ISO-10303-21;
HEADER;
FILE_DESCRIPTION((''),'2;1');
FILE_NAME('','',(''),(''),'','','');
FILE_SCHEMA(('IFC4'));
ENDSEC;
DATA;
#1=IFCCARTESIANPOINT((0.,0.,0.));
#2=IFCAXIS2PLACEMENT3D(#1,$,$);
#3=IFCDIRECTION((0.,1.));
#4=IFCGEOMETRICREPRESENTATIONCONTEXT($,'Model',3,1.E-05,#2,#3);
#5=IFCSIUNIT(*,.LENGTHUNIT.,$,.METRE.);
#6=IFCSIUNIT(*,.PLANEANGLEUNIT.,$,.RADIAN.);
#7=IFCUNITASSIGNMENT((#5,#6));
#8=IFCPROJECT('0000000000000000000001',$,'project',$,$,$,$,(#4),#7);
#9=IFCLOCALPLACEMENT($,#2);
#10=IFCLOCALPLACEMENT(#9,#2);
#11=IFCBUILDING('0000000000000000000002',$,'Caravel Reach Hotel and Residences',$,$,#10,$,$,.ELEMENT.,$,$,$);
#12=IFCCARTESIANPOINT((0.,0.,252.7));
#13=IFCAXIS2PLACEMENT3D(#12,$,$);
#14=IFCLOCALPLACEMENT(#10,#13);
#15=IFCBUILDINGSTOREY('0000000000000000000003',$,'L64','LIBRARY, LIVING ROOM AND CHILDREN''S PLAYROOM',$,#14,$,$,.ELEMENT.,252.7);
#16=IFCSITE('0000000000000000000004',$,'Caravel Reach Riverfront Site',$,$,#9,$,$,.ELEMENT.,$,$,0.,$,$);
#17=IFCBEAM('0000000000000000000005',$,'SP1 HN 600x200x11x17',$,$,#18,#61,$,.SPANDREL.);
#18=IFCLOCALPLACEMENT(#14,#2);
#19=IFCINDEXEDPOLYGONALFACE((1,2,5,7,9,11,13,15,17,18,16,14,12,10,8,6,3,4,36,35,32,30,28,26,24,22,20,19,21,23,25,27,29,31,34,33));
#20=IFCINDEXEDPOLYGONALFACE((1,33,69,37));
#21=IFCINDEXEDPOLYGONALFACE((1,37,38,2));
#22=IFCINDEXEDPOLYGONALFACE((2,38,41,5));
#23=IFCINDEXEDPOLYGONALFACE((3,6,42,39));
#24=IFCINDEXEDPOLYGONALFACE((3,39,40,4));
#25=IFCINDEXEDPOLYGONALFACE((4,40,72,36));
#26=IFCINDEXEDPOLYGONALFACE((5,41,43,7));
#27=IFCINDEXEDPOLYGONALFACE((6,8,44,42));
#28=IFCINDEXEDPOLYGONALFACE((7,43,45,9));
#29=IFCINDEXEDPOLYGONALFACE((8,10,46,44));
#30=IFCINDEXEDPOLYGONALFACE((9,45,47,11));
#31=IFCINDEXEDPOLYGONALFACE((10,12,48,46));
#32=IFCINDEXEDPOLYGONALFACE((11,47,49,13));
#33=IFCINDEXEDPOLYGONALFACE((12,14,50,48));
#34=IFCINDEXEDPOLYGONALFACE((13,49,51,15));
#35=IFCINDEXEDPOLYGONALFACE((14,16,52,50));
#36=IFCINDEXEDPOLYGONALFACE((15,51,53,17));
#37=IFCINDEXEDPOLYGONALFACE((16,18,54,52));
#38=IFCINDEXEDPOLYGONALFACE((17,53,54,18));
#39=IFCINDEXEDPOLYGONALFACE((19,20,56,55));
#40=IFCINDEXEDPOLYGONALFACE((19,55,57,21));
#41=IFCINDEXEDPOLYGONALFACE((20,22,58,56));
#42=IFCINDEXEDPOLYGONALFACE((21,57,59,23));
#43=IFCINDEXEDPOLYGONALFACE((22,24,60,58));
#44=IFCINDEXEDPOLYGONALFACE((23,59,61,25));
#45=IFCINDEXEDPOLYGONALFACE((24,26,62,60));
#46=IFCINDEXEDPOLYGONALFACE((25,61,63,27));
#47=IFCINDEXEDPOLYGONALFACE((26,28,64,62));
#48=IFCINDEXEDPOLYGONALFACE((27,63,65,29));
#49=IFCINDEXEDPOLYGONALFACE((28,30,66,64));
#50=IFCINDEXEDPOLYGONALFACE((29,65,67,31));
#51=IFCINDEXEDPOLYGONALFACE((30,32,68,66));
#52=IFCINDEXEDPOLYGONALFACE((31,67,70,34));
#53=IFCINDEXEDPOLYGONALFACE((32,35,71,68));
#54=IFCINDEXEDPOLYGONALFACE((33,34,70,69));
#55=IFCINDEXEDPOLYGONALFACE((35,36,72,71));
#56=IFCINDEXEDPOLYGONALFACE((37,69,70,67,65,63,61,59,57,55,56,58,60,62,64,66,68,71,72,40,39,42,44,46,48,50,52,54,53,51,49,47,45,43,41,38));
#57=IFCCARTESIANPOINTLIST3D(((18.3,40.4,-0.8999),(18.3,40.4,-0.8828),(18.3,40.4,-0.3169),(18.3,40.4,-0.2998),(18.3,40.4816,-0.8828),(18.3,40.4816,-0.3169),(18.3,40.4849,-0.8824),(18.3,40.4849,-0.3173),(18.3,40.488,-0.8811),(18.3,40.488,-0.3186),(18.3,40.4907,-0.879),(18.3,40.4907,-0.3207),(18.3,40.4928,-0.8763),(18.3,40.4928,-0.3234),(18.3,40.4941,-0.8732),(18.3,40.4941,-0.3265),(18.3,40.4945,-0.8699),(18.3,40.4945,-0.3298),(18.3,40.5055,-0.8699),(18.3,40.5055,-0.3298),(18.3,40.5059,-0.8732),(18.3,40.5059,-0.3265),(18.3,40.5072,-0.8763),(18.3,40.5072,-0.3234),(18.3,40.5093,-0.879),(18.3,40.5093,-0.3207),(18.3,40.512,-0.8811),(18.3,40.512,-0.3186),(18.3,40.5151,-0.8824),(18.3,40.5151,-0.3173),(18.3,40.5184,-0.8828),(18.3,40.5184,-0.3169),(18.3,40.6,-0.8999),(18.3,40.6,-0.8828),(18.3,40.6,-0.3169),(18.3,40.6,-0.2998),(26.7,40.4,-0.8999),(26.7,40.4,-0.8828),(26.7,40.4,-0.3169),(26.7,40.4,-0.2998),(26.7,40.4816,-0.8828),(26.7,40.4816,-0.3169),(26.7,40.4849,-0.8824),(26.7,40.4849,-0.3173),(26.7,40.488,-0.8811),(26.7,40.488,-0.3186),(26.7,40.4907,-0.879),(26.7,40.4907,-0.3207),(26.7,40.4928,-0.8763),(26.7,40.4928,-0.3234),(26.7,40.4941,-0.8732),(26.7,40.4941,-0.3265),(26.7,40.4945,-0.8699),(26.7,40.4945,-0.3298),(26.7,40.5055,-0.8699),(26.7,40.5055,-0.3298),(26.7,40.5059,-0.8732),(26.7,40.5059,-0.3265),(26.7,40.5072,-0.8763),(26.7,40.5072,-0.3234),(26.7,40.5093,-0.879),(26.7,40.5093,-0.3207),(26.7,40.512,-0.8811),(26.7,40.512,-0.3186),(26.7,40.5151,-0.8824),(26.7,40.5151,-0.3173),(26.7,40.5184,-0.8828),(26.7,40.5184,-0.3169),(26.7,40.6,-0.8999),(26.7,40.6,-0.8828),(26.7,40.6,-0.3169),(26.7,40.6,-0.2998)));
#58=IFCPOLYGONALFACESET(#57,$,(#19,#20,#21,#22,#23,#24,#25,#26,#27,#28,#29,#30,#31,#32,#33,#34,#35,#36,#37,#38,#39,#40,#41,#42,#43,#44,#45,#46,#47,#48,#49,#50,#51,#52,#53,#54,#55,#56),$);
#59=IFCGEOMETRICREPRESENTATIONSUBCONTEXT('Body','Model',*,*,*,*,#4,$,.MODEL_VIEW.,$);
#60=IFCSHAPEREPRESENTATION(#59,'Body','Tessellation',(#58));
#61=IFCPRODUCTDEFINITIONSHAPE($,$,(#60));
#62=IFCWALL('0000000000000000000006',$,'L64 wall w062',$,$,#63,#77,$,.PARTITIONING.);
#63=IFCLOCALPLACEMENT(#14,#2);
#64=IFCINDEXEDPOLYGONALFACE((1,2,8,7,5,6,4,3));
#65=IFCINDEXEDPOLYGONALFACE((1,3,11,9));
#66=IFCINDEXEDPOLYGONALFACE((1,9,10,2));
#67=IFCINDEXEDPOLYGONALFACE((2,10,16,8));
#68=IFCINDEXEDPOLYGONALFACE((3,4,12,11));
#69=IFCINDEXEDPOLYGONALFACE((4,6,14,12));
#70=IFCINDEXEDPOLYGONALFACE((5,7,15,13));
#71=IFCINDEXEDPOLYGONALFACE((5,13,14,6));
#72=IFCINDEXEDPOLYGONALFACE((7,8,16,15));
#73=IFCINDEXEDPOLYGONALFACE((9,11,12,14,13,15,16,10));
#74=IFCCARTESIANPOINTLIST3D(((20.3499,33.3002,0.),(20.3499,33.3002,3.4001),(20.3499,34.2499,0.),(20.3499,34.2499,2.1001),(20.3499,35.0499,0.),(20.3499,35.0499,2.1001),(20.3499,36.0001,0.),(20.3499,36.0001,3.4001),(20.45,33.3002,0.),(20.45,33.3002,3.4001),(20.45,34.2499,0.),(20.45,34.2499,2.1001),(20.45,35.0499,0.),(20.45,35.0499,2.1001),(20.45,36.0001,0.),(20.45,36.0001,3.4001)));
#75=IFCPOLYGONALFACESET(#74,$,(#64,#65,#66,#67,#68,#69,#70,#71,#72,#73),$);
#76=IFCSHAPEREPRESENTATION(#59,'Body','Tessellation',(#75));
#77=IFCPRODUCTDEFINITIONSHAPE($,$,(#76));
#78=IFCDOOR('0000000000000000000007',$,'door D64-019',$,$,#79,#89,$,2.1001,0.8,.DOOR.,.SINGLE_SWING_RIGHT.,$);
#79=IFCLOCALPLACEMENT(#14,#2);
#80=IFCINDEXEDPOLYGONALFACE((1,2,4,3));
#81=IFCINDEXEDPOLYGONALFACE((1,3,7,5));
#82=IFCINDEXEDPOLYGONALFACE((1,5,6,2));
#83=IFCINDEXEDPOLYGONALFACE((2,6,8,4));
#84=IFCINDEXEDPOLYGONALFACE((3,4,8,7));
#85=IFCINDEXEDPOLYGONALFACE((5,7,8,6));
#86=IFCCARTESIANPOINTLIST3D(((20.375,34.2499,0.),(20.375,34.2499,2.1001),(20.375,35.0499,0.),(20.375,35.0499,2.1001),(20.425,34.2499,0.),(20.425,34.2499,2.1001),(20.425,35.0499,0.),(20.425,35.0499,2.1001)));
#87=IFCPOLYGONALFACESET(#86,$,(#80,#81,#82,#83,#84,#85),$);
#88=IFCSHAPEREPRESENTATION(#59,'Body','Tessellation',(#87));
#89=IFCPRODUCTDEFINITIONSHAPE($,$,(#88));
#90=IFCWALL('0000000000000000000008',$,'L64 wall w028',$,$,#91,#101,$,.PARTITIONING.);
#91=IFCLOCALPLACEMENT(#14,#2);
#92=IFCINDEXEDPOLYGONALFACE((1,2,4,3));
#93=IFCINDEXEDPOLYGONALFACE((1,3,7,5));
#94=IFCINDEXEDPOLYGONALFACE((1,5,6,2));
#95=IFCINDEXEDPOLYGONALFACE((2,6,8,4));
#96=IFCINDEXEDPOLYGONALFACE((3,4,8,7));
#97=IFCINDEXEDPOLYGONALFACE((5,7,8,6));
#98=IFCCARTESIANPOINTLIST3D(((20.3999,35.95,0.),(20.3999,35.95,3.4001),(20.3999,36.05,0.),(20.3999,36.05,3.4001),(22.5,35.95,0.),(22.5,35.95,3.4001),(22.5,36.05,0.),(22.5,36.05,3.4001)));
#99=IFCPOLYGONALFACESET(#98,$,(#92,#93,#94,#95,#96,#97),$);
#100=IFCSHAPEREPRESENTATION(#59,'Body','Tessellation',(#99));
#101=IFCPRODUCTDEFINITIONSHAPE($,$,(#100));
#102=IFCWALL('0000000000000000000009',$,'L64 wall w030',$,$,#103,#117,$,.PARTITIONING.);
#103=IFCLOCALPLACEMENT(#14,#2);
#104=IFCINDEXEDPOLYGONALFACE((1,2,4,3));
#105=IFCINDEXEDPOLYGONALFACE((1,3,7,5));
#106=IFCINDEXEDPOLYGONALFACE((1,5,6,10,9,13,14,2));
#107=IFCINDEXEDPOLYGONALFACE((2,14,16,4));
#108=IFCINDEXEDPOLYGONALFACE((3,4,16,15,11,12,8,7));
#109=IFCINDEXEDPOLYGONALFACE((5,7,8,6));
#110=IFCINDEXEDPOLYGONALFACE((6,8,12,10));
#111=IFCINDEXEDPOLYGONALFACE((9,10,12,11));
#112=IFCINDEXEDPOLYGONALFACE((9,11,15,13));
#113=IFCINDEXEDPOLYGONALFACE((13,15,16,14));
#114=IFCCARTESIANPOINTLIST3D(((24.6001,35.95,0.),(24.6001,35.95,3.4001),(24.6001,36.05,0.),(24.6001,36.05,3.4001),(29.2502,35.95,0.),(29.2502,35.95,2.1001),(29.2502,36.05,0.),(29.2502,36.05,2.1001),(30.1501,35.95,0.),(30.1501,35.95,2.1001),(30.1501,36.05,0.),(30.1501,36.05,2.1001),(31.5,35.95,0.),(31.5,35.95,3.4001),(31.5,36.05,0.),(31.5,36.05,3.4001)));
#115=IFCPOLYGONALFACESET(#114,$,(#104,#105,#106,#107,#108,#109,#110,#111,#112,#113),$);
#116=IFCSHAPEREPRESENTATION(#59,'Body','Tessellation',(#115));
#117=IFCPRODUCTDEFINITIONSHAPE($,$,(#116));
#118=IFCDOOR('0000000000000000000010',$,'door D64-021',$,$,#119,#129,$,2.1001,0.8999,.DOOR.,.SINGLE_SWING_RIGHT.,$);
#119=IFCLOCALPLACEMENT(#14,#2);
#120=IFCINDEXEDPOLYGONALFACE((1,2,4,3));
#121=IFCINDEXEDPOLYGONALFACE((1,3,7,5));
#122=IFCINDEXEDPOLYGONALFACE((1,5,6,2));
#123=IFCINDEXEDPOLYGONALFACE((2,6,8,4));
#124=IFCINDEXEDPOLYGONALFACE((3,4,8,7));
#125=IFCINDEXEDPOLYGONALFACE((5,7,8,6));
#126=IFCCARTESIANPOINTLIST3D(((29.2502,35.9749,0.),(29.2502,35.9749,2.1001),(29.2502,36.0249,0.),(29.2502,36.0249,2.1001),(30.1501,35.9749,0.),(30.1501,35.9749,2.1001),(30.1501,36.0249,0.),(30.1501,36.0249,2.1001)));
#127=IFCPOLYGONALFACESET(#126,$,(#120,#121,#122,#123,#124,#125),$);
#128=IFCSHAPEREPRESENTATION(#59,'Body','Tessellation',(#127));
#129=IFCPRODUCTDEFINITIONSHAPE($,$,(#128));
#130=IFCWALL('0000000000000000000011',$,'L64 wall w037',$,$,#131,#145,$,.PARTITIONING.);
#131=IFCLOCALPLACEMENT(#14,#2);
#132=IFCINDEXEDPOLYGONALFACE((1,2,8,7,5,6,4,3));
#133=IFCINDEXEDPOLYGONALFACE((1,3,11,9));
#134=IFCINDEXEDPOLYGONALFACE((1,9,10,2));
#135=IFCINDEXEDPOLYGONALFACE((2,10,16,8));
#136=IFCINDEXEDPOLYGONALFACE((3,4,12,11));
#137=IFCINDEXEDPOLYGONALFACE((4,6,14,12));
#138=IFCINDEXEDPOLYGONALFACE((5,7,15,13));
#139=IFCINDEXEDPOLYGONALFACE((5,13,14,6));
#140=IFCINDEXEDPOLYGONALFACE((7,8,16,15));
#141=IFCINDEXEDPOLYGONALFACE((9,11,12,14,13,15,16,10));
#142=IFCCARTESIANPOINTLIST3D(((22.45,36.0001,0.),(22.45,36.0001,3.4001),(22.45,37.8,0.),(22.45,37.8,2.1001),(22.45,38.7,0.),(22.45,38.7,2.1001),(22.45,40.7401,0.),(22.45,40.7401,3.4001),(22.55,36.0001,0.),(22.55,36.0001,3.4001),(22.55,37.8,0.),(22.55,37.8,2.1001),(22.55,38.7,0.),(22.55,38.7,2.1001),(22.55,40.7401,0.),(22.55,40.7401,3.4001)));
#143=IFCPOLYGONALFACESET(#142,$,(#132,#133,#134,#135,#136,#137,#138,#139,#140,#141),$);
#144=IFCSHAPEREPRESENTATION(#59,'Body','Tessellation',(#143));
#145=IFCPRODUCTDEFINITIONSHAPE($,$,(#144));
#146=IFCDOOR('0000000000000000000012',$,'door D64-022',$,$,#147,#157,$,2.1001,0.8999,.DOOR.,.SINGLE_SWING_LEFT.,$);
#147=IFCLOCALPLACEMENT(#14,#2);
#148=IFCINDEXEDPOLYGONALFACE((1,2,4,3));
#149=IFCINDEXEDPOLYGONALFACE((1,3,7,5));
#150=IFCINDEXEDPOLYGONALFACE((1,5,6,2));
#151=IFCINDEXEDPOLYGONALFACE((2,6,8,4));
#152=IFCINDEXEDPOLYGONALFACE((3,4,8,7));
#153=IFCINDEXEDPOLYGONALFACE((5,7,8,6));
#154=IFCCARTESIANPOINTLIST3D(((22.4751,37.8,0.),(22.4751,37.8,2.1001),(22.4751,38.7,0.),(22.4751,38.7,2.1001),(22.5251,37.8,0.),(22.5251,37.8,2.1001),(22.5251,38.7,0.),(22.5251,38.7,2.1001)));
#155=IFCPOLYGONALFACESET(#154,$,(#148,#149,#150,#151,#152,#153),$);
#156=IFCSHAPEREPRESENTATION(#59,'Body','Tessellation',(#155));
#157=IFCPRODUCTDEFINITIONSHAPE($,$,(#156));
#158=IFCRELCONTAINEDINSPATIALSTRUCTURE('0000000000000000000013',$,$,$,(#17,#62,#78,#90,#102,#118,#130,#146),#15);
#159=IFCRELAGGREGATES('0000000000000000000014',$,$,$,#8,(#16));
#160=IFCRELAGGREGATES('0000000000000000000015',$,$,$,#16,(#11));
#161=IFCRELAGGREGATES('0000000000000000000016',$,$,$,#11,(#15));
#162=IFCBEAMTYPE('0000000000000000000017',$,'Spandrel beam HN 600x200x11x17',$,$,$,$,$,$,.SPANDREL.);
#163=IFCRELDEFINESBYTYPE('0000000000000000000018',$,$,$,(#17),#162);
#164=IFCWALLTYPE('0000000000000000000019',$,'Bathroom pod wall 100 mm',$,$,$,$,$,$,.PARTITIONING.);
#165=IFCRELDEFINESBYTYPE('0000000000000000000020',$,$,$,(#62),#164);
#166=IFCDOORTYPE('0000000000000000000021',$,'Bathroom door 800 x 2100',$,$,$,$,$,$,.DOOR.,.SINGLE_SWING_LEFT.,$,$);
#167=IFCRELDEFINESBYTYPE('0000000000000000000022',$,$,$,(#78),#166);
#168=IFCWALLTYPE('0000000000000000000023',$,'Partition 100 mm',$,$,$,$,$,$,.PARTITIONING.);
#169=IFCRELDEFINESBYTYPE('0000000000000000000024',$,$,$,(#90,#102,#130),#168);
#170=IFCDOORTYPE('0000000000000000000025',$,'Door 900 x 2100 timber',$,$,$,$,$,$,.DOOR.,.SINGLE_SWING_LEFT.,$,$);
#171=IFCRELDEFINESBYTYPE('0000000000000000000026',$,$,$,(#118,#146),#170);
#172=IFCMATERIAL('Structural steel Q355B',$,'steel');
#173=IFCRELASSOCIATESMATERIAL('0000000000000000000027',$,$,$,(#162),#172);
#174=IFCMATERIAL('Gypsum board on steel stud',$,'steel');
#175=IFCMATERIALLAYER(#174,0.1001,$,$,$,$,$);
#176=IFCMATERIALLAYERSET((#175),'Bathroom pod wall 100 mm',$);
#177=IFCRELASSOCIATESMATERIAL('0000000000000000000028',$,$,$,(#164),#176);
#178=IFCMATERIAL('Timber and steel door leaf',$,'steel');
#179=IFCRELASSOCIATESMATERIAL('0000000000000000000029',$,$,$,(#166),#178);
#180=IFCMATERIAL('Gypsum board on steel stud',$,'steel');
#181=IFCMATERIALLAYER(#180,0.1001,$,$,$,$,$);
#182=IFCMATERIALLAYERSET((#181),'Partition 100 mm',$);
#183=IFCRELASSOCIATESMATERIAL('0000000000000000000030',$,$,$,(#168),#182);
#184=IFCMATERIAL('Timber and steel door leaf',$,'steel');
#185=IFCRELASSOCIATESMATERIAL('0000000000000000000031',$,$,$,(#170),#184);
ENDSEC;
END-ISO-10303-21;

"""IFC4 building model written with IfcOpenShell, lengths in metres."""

from ifc_helpers import new_model, si_unit, direction, frame, frame_2d, origin, origin_2d, place, context, subcontext, project, spatial, rectangle, i_section, extrude, material, layer, layer_set, material_profile, profile_set, type_object, element, fill, save


model = new_model("IFC4")

# Units and contexts
model_context = context("Model", 3, precision=1e-05, world=origin(), true_north=direction((0.0, 1.0)))
body_context = subcontext(model_context, "Body", "Model", "MODEL_VIEW")
ifc_project = project(units=[si_unit("LENGTHUNIT", "METRE"), si_unit("PLANEANGLEUNIT", "RADIAN")], contexts=[model_context])

# Site, building, storey
site_placement = place(None, origin())
site = spatial("IfcSite", under=ifc_project, at=site_placement, Name="Caravel Reach Riverfront Site", CompositionType="ELEMENT", RefElevation=0.0)
building_placement = place(site_placement, origin())
building = spatial("IfcBuilding", under=site, at=building_placement, Name="Caravel Reach Hotel and Residences", CompositionType="ELEMENT")
storey_placement = place(building_placement, frame((0.0, 0.0, 252.7)))
storey = spatial("IfcBuildingStorey", under=building, at=storey_placement, Name="L64", Description="LIBRARY, LIVING ROOM AND CHILDREN'S PLAYROOM", CompositionType="ELEMENT", Elevation=252.7)

# Beam
ifc_material_1 = material(Name="Structural steel Q355B", Category="steel")
ifc_material_profile = material_profile(ifc_material_1, i_section(OverallWidth=0.2, OverallDepth=0.6001, WebThickness=0.011, FlangeThickness=0.0171, FilletRadius=0.0129, at=origin_2d()), Name="HN 600x200x11x17")
ifc_profile_set = profile_set([ifc_material_profile], Name="Structural steel Q355B")
beam_type = type_object("IfcBeamType", Name="Spandrel beam HN 600x200x11x17", PredefinedType="SPANDREL", material=ifc_profile_set)
beam_placement = place(storey_placement, frame((26.7, 40.5, -0.5999), z_axis=(-1.0, 0.0, 0.0), x_axis=(0.0, -1.0, 0.0)))
element("IfcBeam", 1, at=beam_placement, inside=storey, type_object=beam_type, Name="SP1 HN 600x200x11x17", PredefinedType="SPANDREL", context=body_context, shape_type="SweptSolid", body=[
    extrude(i_section(OverallWidth=0.2, OverallDepth=0.6001, WebThickness=0.011, FlangeThickness=0.0171, FilletRadius=0.0129, at=origin_2d()), origin(), (0.0, 0.0, 1.0), 8.3999),
])

# Wall, opening, door
ifc_material_2 = material(Name="Gypsum board on steel stud", Category="steel")
ifc_layer_1 = layer(ifc_material_2, 0.1001)
ifc_layer_set_1 = layer_set([ifc_layer_1], Name="Bathroom pod wall 100 mm")
wall_type_1 = type_object("IfcWallType", Name="Bathroom pod wall 100 mm", PredefinedType="PARTITIONING", material=ifc_layer_set_1)
wall_1_placement = place(storey_placement, frame((20.3999, 33.3, 0.0), z_axis=(0.0, 0.0, 1.0), x_axis=(0.0, 1.0, 0.0)))
wall_1 = element("IfcWall", 2, at=wall_1_placement, inside=storey, type_object=wall_type_1, Name="L64 wall w062", PredefinedType="PARTITIONING", context=body_context, shape_type="SweptSolid", body=[
    extrude(rectangle(XDim=2.7, YDim=0.1001, at=frame_2d((1.3501, 0.0))), origin(), (0.0, 0.0, 1.0), 3.4001),
])
opening_1_placement = place(wall_1_placement, frame((0.95, 0.0, 0.0)))
opening_1 = element("IfcOpeningElement", 3, at=opening_1_placement, cuts=wall_1, PredefinedType="OPENING", context=body_context, shape_type="SweptSolid", body=[
    extrude(rectangle(XDim=0.8, YDim=2.1001, at=frame_2d((0.3999, 1.05))), frame((0.0, 0.0601, 0.0), z_axis=(0.0, -1.0, 0.0), x_axis=(1.0, 0.0, 0.0)), (0.0, 0.0, 1.0), 0.1201),
])
ifc_material_3 = material(Name="Timber and steel door leaf", Category="steel")
door_type_1 = type_object("IfcDoorType", Name="Bathroom door 800 x 2100", OperationType="SINGLE_SWING_LEFT", PredefinedType="DOOR", material=ifc_material_3)
door_1_placement = place(opening_1_placement, origin())
door_1 = element("IfcDoor", 4, at=door_1_placement, inside=storey, type_object=door_type_1, Name="door D64-019", OperationType="SINGLE_SWING_RIGHT", OverallHeight=2.1001, OverallWidth=0.8, PredefinedType="DOOR", context=body_context, shape_type="SweptSolid", body=[
    extrude(rectangle(XDim=0.8, YDim=2.1001, at=frame_2d((0.3999, 1.05))), frame((0.0, 0.0249, 0.0), z_axis=(0.0, -1.0, 0.0), x_axis=(1.0, 0.0, 0.0)), (0.0, 0.0, 1.0), 0.05),
])
fill(opening_1, door_1)

# Wall
ifc_material_4 = material(Name="Gypsum board on steel stud", Category="steel")
ifc_layer_2 = layer(ifc_material_4, 0.1001)
ifc_layer_set_2 = layer_set([ifc_layer_2], Name="Partition 100 mm")
wall_type_2 = type_object("IfcWallType", Name="Partition 100 mm", PredefinedType="PARTITIONING", material=ifc_layer_set_2)
wall_2_placement = place(storey_placement, frame((20.3999, 36.0, 0.0), z_axis=(0.0, 0.0, 1.0), x_axis=(1.0, 0.0, 0.0)))
element("IfcWall", 5, at=wall_2_placement, inside=storey, type_object=wall_type_2, Name="L64 wall w028", PredefinedType="PARTITIONING", context=body_context, shape_type="SweptSolid", body=[
    extrude(rectangle(XDim=2.1001, YDim=0.1001, at=frame_2d((1.05, 0.0))), origin(), (0.0, 0.0, 1.0), 3.4001),
])

# Walls, openings, doors
wall_3_placement = place(storey_placement, frame((24.6001, 36.0, 0.0), z_axis=(0.0, 0.0, 1.0), x_axis=(1.0, 0.0, 0.0)))
wall_3 = element("IfcWall", 6, at=wall_3_placement, inside=storey, type_object=wall_type_2, Name="L64 wall w030", PredefinedType="PARTITIONING", context=body_context, shape_type="SweptSolid", body=[
    extrude(rectangle(XDim=6.8999, YDim=0.1001, at=frame_2d((3.45, 0.0))), origin(), (0.0, 0.0, 1.0), 3.4001),
])
opening_2_placement = place(wall_3_placement, frame((4.6501, 0.0, 0.0)))
opening_2 = element("IfcOpeningElement", 7, at=opening_2_placement, cuts=wall_3, PredefinedType="OPENING", context=body_context, shape_type="SweptSolid", body=[
    extrude(rectangle(XDim=0.8999, YDim=2.1001, at=frame_2d((0.45, 1.05))), frame((0.0, 0.0601, 0.0), z_axis=(0.0, -1.0, 0.0), x_axis=(1.0, 0.0, 0.0)), (0.0, 0.0, 1.0), 0.1201),
])
ifc_material_5 = material(Name="Timber and steel door leaf", Category="steel")
door_type_2 = type_object("IfcDoorType", Name="Door 900 x 2100 timber", OperationType="SINGLE_SWING_LEFT", PredefinedType="DOOR", material=ifc_material_5)
door_2_placement = place(opening_2_placement, origin())
door_2 = element("IfcDoor", 8, at=door_2_placement, inside=storey, type_object=door_type_2, Name="door D64-021", OperationType="SINGLE_SWING_RIGHT", OverallHeight=2.1001, OverallWidth=0.8999, PredefinedType="DOOR", context=body_context, shape_type="SweptSolid", body=[
    extrude(rectangle(XDim=0.8999, YDim=2.1001, at=frame_2d((0.45, 1.05))), frame((0.0, 0.0249, 0.0), z_axis=(0.0, -1.0, 0.0), x_axis=(1.0, 0.0, 0.0)), (0.0, 0.0, 1.0), 0.05),
])
fill(opening_2, door_2)
wall_4_placement = place(storey_placement, frame((22.5, 36.0, 0.0), z_axis=(0.0, 0.0, 1.0), x_axis=(0.0, 1.0, 0.0)))
wall_4 = element("IfcWall", 9, at=wall_4_placement, inside=storey, type_object=wall_type_2, Name="L64 wall w037", PredefinedType="PARTITIONING", context=body_context, shape_type="SweptSolid", body=[
    extrude(rectangle(XDim=4.74, YDim=0.1001, at=frame_2d((2.3701, 0.0))), origin(), (0.0, 0.0, 1.0), 3.4001),
])
opening_3_placement = place(wall_4_placement, frame((1.8, 0.0, 0.0)))
opening_3 = element("IfcOpeningElement", 10, at=opening_3_placement, cuts=wall_4, PredefinedType="OPENING", context=body_context, shape_type="SweptSolid", body=[
    extrude(rectangle(XDim=0.8999, YDim=2.1001, at=frame_2d((0.45, 1.05))), frame((0.0, 0.0601, 0.0), z_axis=(0.0, -1.0, 0.0), x_axis=(1.0, 0.0, 0.0)), (0.0, 0.0, 1.0), 0.1201),
])
door_3_placement = place(opening_3_placement, origin())
door_3 = element("IfcDoor", 11, at=door_3_placement, inside=storey, type_object=door_type_2, Name="door D64-022", OperationType="SINGLE_SWING_LEFT", OverallHeight=2.1001, OverallWidth=0.8999, PredefinedType="DOOR", context=body_context, shape_type="SweptSolid", body=[
    extrude(rectangle(XDim=0.8999, YDim=2.1001, at=frame_2d((0.45, 1.05))), frame((0.0, 0.0249, 0.0), z_axis=(0.0, -1.0, 0.0), x_axis=(1.0, 0.0, 0.0)), (0.0, 0.0, 1.0), 0.05),
])
fill(opening_3, door_3)

save(model, "model.ifc")
